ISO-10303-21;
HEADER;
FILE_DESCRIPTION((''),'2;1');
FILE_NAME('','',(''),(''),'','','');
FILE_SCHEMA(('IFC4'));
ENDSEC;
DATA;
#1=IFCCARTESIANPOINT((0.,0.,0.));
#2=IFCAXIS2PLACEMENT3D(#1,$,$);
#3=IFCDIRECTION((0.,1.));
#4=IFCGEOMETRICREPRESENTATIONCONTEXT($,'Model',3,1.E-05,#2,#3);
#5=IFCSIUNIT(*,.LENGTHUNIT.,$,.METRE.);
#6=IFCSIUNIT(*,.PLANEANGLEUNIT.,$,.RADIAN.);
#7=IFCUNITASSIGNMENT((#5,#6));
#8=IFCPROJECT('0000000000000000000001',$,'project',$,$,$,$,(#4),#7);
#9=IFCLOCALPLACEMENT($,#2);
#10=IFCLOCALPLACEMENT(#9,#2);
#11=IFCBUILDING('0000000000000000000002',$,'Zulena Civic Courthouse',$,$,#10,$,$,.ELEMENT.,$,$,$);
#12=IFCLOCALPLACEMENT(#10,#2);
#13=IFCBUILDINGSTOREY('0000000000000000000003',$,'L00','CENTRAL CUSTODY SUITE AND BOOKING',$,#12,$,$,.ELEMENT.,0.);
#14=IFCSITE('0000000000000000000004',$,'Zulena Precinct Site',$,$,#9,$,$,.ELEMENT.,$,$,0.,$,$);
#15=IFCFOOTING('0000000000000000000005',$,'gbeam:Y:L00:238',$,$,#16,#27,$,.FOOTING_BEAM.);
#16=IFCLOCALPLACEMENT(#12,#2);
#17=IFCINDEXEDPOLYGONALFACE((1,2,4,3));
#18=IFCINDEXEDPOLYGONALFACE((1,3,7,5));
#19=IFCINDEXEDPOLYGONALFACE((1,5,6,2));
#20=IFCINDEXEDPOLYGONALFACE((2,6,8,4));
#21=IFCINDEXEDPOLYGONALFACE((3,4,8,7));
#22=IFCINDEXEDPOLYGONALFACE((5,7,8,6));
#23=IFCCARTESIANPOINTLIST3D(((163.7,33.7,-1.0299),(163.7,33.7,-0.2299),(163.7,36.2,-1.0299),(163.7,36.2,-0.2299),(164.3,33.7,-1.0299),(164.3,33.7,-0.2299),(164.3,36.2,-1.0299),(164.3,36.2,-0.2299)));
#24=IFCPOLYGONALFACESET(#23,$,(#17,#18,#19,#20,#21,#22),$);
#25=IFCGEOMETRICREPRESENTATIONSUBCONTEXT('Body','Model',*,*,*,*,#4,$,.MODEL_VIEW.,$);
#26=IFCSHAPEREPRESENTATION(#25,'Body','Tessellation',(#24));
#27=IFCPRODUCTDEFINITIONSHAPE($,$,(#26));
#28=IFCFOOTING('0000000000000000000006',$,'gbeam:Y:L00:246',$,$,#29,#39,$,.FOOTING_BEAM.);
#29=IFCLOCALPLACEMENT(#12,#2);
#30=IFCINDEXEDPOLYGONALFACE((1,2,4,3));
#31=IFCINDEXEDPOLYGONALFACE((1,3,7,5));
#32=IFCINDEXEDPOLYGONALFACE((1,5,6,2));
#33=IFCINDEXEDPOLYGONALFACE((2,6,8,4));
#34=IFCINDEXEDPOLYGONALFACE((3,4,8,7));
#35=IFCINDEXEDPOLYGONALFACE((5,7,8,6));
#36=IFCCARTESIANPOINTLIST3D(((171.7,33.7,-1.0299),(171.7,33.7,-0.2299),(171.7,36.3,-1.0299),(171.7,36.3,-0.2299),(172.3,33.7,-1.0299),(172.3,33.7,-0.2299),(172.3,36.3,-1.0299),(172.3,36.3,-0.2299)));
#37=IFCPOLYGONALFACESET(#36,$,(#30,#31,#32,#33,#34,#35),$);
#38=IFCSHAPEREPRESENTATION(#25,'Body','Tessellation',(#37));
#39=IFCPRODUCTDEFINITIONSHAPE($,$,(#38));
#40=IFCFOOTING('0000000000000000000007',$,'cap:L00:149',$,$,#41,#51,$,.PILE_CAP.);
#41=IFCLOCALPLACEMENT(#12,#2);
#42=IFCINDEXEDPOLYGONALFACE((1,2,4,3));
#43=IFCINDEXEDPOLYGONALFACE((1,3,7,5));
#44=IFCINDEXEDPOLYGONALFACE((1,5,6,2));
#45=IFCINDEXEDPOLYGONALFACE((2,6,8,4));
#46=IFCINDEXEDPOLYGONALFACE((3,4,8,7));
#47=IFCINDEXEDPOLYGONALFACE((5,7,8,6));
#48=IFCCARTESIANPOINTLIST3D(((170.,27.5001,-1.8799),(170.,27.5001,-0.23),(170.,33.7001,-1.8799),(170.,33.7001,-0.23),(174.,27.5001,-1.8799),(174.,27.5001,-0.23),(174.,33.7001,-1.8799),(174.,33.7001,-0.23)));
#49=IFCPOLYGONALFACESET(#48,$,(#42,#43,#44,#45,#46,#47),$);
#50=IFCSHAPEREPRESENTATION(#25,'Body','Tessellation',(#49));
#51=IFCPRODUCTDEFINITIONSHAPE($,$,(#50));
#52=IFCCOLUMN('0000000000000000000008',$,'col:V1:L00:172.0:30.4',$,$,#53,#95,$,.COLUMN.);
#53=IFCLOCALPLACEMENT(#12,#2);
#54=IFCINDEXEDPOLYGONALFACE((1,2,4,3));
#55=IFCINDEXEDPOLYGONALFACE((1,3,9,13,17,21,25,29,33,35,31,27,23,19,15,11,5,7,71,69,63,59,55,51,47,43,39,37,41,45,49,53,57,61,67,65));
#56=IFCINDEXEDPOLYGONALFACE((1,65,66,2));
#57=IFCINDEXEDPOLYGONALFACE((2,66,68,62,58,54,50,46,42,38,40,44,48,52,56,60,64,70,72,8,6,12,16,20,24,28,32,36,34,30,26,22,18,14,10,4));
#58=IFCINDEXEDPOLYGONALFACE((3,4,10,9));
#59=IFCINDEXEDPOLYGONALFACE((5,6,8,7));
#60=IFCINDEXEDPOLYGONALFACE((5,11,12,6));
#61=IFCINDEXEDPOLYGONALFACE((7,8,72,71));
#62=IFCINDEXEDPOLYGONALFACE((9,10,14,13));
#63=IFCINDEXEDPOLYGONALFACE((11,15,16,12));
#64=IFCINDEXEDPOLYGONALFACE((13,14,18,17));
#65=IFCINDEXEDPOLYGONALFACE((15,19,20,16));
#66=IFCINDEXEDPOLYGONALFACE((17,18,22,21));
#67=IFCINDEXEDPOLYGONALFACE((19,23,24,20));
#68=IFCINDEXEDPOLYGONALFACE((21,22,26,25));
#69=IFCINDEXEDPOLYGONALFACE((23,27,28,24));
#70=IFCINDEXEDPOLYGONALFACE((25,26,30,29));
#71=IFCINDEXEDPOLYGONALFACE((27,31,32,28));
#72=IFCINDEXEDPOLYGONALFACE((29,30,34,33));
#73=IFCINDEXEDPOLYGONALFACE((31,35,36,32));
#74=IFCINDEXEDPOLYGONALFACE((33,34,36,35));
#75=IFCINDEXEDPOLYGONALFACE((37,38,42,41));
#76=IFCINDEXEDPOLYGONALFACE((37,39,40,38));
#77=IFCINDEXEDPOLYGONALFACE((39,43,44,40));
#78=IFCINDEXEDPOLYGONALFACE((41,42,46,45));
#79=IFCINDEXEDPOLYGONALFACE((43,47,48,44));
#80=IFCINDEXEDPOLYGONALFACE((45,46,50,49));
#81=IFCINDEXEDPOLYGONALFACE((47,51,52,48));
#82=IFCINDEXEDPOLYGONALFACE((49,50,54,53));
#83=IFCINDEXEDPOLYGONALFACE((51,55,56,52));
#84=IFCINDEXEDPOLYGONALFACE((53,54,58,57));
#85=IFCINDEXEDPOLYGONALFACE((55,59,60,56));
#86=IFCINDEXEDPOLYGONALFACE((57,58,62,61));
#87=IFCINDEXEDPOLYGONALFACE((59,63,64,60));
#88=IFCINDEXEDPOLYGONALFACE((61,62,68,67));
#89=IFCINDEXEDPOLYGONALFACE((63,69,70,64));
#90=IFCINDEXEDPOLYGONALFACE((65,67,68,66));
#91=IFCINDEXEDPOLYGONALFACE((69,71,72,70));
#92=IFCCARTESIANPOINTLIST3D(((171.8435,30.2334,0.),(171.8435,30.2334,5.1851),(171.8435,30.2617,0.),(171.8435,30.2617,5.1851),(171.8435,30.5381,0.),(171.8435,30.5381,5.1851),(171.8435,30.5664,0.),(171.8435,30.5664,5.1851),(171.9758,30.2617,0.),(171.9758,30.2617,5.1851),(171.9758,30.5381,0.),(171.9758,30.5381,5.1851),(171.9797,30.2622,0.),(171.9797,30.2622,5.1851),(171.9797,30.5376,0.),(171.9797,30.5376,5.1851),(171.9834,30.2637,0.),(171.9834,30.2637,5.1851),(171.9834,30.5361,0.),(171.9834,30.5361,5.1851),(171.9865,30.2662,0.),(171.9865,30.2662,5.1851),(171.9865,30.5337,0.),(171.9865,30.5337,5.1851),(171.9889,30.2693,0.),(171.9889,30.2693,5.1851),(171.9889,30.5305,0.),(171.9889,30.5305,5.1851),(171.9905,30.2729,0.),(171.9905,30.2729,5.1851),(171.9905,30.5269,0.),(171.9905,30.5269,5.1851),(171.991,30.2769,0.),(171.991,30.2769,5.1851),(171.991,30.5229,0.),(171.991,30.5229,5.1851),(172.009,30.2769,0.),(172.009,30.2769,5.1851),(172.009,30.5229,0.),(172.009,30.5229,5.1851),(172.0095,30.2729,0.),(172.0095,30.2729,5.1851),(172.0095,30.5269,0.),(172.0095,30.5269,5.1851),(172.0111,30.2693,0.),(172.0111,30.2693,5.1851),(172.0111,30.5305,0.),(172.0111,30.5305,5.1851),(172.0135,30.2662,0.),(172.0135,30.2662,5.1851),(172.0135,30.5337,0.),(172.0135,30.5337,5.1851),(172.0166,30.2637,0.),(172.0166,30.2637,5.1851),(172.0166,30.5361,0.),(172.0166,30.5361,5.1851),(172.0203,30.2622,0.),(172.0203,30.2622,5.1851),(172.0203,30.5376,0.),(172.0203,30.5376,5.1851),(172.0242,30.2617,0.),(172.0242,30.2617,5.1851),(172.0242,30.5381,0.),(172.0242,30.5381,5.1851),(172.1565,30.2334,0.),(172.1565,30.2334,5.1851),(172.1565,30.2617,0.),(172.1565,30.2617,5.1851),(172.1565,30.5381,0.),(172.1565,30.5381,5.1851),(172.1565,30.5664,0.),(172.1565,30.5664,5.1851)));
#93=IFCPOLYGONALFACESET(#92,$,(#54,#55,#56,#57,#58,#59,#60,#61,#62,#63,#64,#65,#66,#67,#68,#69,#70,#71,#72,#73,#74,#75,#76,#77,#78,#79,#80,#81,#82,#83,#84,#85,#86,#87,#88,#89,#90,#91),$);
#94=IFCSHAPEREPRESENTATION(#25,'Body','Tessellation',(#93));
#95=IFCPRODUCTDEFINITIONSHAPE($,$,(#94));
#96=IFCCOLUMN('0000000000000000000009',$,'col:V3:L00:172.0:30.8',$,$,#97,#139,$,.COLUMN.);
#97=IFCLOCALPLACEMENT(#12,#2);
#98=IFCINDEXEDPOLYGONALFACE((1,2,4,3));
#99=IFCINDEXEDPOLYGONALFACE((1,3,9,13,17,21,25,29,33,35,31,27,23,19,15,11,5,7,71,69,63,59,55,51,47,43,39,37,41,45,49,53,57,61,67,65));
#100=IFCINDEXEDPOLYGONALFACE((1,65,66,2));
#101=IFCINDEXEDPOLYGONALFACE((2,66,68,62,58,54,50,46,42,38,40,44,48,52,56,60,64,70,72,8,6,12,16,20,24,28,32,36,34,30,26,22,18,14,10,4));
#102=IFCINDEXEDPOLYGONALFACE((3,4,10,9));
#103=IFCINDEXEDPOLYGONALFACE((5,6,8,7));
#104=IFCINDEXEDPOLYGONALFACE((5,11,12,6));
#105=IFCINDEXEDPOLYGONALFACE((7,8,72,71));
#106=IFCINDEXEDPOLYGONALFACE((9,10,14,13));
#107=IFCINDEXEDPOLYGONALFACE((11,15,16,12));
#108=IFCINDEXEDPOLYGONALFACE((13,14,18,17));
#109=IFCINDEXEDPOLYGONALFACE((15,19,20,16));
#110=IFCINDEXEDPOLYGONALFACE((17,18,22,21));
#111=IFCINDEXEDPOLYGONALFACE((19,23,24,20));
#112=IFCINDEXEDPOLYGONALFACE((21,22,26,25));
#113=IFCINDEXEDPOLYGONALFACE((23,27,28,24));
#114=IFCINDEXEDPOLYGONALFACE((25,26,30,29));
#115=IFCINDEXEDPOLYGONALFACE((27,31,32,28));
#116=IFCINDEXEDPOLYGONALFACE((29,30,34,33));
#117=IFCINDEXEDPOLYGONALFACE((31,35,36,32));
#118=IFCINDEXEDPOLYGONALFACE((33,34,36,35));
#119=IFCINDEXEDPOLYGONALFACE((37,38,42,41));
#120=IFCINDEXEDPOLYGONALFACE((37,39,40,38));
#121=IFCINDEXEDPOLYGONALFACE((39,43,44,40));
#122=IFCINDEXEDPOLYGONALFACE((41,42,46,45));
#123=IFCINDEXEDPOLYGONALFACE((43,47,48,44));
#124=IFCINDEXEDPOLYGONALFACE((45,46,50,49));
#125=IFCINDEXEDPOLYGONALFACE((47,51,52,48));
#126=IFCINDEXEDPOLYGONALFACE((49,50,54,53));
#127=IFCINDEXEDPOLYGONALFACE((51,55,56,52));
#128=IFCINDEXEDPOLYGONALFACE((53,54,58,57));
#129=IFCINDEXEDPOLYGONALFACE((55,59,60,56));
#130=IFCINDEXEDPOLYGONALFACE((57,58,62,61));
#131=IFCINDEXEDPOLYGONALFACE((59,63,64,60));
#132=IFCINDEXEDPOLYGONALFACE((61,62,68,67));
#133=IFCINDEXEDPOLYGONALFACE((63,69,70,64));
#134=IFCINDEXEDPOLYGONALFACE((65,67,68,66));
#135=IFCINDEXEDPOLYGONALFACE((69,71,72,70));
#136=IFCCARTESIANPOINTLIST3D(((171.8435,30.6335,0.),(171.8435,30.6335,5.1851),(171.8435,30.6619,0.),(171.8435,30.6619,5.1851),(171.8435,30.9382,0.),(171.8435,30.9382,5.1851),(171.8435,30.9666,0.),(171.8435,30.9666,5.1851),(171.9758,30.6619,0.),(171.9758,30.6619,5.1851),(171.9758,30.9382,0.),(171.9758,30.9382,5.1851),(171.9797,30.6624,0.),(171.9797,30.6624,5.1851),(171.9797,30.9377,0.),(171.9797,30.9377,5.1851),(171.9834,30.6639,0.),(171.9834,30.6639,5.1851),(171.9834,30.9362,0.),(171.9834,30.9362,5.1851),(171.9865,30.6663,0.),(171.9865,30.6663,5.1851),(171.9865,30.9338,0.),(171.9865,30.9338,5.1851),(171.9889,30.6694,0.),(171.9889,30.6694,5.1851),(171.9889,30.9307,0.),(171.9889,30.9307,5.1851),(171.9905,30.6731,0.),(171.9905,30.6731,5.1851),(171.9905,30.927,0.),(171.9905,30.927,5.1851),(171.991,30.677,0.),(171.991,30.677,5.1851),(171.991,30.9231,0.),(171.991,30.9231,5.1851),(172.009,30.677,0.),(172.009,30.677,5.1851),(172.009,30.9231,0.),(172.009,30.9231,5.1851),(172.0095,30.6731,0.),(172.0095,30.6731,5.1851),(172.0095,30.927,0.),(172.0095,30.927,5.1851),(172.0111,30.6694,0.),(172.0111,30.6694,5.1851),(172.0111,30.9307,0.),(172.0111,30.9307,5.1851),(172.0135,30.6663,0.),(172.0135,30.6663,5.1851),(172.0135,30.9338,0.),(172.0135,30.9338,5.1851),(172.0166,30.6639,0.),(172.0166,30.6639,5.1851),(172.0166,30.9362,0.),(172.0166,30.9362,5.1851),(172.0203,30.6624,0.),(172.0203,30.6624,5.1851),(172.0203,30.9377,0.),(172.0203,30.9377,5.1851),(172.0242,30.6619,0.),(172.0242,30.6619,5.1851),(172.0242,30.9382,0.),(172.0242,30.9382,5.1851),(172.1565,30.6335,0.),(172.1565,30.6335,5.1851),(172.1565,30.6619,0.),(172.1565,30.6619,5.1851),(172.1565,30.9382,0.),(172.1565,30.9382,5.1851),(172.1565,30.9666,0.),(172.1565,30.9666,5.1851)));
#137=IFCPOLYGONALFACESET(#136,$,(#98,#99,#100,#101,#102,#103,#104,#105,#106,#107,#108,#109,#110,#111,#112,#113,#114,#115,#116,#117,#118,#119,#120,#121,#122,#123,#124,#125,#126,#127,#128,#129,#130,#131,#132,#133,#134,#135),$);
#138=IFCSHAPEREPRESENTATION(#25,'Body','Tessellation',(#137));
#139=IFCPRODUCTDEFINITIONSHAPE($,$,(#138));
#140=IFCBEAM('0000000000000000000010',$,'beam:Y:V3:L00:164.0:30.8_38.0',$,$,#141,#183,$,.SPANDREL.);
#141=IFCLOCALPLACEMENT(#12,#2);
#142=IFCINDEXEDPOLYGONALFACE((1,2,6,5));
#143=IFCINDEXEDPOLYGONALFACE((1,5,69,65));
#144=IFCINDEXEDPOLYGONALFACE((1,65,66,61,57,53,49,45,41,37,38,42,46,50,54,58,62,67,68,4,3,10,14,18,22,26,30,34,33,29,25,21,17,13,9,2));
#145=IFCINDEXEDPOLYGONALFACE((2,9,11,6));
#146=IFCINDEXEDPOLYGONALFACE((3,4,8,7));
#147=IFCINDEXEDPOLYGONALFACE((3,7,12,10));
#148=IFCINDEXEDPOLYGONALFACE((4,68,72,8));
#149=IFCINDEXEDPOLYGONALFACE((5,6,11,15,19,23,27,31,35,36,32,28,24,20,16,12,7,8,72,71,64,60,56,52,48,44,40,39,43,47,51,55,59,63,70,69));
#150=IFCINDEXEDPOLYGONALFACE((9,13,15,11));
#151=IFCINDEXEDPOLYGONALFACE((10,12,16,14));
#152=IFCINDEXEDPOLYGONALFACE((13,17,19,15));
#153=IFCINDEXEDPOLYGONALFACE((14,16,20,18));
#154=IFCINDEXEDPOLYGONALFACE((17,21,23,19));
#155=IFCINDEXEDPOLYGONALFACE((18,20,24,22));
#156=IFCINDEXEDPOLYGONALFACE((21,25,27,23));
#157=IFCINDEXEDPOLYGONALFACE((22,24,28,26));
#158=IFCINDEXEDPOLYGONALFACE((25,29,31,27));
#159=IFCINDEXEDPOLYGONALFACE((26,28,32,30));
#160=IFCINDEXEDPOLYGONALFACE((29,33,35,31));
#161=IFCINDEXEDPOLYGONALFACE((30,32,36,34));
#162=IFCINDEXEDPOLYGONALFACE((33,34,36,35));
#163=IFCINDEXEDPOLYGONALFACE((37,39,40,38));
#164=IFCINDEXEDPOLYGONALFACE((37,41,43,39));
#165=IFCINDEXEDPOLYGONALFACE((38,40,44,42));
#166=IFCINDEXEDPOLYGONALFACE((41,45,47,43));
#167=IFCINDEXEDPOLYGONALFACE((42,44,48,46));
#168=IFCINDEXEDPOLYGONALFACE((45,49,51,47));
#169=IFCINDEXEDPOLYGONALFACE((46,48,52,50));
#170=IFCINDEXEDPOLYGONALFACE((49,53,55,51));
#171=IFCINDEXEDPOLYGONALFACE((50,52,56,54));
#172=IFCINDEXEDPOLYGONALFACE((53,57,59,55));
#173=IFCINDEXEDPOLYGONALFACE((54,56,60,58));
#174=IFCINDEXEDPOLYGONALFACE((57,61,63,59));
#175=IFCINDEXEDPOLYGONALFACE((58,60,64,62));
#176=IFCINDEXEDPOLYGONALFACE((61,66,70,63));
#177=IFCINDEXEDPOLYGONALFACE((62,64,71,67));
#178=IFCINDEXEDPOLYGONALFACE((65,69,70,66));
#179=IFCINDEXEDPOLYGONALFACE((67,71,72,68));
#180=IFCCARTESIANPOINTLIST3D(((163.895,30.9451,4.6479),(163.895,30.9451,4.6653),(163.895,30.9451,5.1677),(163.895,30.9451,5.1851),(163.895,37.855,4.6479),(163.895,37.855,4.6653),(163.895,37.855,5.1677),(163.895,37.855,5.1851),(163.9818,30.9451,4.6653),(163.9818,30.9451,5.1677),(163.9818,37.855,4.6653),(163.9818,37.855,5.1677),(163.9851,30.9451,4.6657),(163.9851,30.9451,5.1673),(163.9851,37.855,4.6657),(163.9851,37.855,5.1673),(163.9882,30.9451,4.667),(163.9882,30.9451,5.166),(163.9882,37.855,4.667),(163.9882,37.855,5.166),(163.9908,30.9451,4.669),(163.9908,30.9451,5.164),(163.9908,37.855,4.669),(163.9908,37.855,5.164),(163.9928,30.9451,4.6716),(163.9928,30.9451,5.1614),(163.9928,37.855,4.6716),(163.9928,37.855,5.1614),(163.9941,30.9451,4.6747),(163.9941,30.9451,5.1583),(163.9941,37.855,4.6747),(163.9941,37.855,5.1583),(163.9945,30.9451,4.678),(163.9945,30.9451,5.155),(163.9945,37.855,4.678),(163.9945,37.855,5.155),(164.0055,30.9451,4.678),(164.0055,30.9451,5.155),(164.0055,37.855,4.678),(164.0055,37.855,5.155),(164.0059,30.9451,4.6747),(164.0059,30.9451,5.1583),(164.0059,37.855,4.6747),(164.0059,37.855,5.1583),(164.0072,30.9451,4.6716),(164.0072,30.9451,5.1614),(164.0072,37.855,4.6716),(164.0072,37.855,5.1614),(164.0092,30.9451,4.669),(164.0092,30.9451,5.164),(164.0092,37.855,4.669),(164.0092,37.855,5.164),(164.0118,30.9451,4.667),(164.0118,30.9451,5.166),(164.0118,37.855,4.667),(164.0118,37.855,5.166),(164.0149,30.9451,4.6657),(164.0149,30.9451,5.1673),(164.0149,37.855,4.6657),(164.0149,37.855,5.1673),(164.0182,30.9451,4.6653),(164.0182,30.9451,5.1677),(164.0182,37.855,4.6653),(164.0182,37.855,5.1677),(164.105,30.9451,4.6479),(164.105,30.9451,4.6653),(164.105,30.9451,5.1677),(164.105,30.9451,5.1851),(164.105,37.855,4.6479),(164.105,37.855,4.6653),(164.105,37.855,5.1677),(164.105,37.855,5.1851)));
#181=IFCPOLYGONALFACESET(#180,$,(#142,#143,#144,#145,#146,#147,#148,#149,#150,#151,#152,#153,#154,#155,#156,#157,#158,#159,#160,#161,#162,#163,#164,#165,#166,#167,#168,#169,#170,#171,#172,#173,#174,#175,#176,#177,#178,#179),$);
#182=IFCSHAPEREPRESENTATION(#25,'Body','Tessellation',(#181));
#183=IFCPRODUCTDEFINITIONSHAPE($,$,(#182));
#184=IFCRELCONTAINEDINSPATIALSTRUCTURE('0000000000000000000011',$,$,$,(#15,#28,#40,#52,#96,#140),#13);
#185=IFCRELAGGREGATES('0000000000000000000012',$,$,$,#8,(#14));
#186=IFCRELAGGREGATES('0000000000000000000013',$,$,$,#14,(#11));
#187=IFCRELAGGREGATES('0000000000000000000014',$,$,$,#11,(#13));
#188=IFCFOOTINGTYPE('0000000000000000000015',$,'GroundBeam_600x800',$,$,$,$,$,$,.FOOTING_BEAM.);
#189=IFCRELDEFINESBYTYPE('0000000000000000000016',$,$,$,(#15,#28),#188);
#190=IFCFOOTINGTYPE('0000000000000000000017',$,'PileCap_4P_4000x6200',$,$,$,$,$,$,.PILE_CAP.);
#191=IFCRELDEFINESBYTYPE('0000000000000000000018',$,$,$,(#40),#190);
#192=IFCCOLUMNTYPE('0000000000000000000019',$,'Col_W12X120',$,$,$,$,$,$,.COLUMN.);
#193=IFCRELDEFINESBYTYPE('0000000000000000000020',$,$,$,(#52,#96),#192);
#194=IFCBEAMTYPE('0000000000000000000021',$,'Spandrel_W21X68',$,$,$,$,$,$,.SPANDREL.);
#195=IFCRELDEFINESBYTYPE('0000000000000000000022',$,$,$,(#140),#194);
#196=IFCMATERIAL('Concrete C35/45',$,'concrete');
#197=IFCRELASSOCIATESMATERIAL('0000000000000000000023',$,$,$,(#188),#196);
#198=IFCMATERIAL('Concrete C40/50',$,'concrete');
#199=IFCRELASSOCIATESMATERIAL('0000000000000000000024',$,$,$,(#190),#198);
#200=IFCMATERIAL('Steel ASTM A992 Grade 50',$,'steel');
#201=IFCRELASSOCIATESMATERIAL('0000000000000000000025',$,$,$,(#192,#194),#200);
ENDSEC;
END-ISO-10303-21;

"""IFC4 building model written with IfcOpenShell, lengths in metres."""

from ifc_helpers import new_model, si_unit, direction, frame, origin, origin_2d, place, context, subcontext, project, spatial, rectangle, i_section, extrude, material, material_profile, profile_set, type_object, element, save


model = new_model("IFC4")

# Units and contexts
model_context = context("Model", 3, precision=1e-05, world=origin(), true_north=direction((0.0, 1.0)))
body_context = subcontext(model_context, "Body", "Model", "MODEL_VIEW")
ifc_project = project(units=[si_unit("LENGTHUNIT", "METRE"), si_unit("PLANEANGLEUNIT", "RADIAN")], contexts=[model_context])

# Site, building, storey
site_placement = place(None, origin())
site = spatial("IfcSite", under=ifc_project, at=site_placement, Name="Zulena Precinct Site", CompositionType="ELEMENT", RefElevation=0.0)
building_placement = place(site_placement, origin())
building = spatial("IfcBuilding", under=site, at=building_placement, Name="Zulena Civic Courthouse", CompositionType="ELEMENT")
storey_placement = place(building_placement, origin())
storey = spatial("IfcBuildingStorey", under=building, at=storey_placement, Name="L00", Description="CENTRAL CUSTODY SUITE AND BOOKING", CompositionType="ELEMENT", Elevation=0.0)

# Shared definitions
ifc_material_1 = material(Name="Concrete C40/50", Category="concrete")

# Footings
ifc_material_2 = material(Name="Concrete C35/45", Category="concrete")
ifc_material_profile_1 = material_profile(ifc_material_2, rectangle(XDim=0.6001, YDim=0.8, at=origin_2d()), Name="RC600X800")
ifc_profile_set_1 = profile_set([ifc_material_profile_1], Name="Concrete C35/45")
footing_type_1 = type_object("IfcFootingType", Name="GroundBeam_600x800", PredefinedType="FOOTING_BEAM", material=ifc_profile_set_1)
footing_1_placement = place(storey_placement, frame((164.0, 33.7, -0.6299), z_axis=(0.0, 1.0, 0.0), x_axis=(-1.0, 0.0, 0.0)))
element("IfcFooting", 1, at=footing_1_placement, inside=storey, type_object=footing_type_1, Name="gbeam:Y:L00:238", PredefinedType="FOOTING_BEAM", context=body_context, shape_type="SweptSolid", body=[
    extrude(rectangle(XDim=0.6001, YDim=0.8, at=origin_2d()), origin(), (0.0, 0.0, 1.0), 2.5),
])
footing_2_placement = place(storey_placement, frame((172.0, 33.7, -0.6299), z_axis=(0.0, 1.0, 0.0), x_axis=(-1.0, 0.0, 0.0)))
element("IfcFooting", 2, at=footing_2_placement, inside=storey, type_object=footing_type_1, Name="gbeam:Y:L00:246", PredefinedType="FOOTING_BEAM", context=body_context, shape_type="SweptSolid", body=[
    extrude(rectangle(XDim=0.6001, YDim=0.8, at=origin_2d()), origin(), (0.0, 0.0, 1.0), 2.6001),
])
footing_type_2 = type_object("IfcFootingType", Name="PileCap_4P_4000x6200", PredefinedType="PILE_CAP", material=ifc_material_1)
footing_3_placement = place(storey_placement, frame((172.0, 30.6001, -1.8799), z_axis=(0.0, 0.0, 1.0), x_axis=(1.0, 0.0, 0.0)))
element("IfcFooting", 3, at=footing_3_placement, inside=storey, type_object=footing_type_2, Name="cap:L00:149", PredefinedType="PILE_CAP", context=body_context, shape_type="SweptSolid", body=[
    extrude(rectangle(XDim=4.0, YDim=6.2, at=origin_2d()), origin(), (0.0, 0.0, 1.0), 1.6499),
])

# Columns
ifc_material_3 = material(Name="Steel ASTM A992 Grade 50", Category="steel")
ifc_material_profile_2 = material_profile(ifc_material_3, i_section(OverallWidth=0.313, OverallDepth=0.333, WebThickness=0.0181, FlangeThickness=0.0283, FilletRadius=0.0151, at=origin_2d()), Name="W12X120")
ifc_profile_set_2 = profile_set([ifc_material_profile_2], Name="Steel ASTM A992 Grade 50")
column_type = type_object("IfcColumnType", Name="Col_W12X120", PredefinedType="COLUMN", material=ifc_profile_set_2)
for number, where, z_axis, x_axis, name in (
    (4, (172.0, 30.3999, 0.0), (0.0, 0.0, 1.0), (1.0, 0.0, 0.0), "col:V1:L00:172.0:30.4"),
    (5, (172.0, 30.8, 0.0), (0.0, 0.0, 1.0), (1.0, 0.0, 0.0), "col:V3:L00:172.0:30.8"),
):
    element("IfcColumn", number, at=place(storey_placement, frame(where, z_axis=z_axis, x_axis=x_axis)), inside=storey, type_object=column_type, Name=name, PredefinedType="COLUMN", context=body_context, shape_type="SweptSolid", body=[
        extrude(i_section(OverallWidth=0.313, OverallDepth=0.333, WebThickness=0.0181, FlangeThickness=0.0283, FilletRadius=0.0151, at=origin_2d()), origin(), (0.0, 0.0, 1.0), 5.1851),
    ])

# Beam
ifc_material_profile_3 = material_profile(ifc_material_3, i_section(OverallWidth=0.21, OverallDepth=0.5371, WebThickness=0.011, FlangeThickness=0.0173, FilletRadius=0.0127, at=origin_2d()), Name="W21X68")
ifc_profile_set_3 = profile_set([ifc_material_profile_3], Name="Steel ASTM A992 Grade 50")
beam_type_1 = type_object("IfcBeamType", Name="Spandrel_W21X68", PredefinedType="SPANDREL", material=ifc_profile_set_3)
for number, where, z_axis, x_axis, name in (
    (6, (164.0, 30.9451, 4.9165), (0.0, 1.0, 0.0), (-1.0, 0.0, 0.0), "beam:Y:V3:L00:164.0:30.8_38.0"),
):
    element("IfcBeam", number, at=place(storey_placement, frame(where, z_axis=z_axis, x_axis=x_axis)), inside=storey, type_object=beam_type_1, Name=name, PredefinedType="SPANDREL", context=body_context, shape_type="SweptSolid", body=[
        extrude(i_section(OverallWidth=0.21, OverallDepth=0.5371, WebThickness=0.011, FlangeThickness=0.0173, FilletRadius=0.0127, at=origin_2d()), origin(), (0.0, 0.0, 1.0), 6.9099),
    ])

save(model, "model.ifc")
